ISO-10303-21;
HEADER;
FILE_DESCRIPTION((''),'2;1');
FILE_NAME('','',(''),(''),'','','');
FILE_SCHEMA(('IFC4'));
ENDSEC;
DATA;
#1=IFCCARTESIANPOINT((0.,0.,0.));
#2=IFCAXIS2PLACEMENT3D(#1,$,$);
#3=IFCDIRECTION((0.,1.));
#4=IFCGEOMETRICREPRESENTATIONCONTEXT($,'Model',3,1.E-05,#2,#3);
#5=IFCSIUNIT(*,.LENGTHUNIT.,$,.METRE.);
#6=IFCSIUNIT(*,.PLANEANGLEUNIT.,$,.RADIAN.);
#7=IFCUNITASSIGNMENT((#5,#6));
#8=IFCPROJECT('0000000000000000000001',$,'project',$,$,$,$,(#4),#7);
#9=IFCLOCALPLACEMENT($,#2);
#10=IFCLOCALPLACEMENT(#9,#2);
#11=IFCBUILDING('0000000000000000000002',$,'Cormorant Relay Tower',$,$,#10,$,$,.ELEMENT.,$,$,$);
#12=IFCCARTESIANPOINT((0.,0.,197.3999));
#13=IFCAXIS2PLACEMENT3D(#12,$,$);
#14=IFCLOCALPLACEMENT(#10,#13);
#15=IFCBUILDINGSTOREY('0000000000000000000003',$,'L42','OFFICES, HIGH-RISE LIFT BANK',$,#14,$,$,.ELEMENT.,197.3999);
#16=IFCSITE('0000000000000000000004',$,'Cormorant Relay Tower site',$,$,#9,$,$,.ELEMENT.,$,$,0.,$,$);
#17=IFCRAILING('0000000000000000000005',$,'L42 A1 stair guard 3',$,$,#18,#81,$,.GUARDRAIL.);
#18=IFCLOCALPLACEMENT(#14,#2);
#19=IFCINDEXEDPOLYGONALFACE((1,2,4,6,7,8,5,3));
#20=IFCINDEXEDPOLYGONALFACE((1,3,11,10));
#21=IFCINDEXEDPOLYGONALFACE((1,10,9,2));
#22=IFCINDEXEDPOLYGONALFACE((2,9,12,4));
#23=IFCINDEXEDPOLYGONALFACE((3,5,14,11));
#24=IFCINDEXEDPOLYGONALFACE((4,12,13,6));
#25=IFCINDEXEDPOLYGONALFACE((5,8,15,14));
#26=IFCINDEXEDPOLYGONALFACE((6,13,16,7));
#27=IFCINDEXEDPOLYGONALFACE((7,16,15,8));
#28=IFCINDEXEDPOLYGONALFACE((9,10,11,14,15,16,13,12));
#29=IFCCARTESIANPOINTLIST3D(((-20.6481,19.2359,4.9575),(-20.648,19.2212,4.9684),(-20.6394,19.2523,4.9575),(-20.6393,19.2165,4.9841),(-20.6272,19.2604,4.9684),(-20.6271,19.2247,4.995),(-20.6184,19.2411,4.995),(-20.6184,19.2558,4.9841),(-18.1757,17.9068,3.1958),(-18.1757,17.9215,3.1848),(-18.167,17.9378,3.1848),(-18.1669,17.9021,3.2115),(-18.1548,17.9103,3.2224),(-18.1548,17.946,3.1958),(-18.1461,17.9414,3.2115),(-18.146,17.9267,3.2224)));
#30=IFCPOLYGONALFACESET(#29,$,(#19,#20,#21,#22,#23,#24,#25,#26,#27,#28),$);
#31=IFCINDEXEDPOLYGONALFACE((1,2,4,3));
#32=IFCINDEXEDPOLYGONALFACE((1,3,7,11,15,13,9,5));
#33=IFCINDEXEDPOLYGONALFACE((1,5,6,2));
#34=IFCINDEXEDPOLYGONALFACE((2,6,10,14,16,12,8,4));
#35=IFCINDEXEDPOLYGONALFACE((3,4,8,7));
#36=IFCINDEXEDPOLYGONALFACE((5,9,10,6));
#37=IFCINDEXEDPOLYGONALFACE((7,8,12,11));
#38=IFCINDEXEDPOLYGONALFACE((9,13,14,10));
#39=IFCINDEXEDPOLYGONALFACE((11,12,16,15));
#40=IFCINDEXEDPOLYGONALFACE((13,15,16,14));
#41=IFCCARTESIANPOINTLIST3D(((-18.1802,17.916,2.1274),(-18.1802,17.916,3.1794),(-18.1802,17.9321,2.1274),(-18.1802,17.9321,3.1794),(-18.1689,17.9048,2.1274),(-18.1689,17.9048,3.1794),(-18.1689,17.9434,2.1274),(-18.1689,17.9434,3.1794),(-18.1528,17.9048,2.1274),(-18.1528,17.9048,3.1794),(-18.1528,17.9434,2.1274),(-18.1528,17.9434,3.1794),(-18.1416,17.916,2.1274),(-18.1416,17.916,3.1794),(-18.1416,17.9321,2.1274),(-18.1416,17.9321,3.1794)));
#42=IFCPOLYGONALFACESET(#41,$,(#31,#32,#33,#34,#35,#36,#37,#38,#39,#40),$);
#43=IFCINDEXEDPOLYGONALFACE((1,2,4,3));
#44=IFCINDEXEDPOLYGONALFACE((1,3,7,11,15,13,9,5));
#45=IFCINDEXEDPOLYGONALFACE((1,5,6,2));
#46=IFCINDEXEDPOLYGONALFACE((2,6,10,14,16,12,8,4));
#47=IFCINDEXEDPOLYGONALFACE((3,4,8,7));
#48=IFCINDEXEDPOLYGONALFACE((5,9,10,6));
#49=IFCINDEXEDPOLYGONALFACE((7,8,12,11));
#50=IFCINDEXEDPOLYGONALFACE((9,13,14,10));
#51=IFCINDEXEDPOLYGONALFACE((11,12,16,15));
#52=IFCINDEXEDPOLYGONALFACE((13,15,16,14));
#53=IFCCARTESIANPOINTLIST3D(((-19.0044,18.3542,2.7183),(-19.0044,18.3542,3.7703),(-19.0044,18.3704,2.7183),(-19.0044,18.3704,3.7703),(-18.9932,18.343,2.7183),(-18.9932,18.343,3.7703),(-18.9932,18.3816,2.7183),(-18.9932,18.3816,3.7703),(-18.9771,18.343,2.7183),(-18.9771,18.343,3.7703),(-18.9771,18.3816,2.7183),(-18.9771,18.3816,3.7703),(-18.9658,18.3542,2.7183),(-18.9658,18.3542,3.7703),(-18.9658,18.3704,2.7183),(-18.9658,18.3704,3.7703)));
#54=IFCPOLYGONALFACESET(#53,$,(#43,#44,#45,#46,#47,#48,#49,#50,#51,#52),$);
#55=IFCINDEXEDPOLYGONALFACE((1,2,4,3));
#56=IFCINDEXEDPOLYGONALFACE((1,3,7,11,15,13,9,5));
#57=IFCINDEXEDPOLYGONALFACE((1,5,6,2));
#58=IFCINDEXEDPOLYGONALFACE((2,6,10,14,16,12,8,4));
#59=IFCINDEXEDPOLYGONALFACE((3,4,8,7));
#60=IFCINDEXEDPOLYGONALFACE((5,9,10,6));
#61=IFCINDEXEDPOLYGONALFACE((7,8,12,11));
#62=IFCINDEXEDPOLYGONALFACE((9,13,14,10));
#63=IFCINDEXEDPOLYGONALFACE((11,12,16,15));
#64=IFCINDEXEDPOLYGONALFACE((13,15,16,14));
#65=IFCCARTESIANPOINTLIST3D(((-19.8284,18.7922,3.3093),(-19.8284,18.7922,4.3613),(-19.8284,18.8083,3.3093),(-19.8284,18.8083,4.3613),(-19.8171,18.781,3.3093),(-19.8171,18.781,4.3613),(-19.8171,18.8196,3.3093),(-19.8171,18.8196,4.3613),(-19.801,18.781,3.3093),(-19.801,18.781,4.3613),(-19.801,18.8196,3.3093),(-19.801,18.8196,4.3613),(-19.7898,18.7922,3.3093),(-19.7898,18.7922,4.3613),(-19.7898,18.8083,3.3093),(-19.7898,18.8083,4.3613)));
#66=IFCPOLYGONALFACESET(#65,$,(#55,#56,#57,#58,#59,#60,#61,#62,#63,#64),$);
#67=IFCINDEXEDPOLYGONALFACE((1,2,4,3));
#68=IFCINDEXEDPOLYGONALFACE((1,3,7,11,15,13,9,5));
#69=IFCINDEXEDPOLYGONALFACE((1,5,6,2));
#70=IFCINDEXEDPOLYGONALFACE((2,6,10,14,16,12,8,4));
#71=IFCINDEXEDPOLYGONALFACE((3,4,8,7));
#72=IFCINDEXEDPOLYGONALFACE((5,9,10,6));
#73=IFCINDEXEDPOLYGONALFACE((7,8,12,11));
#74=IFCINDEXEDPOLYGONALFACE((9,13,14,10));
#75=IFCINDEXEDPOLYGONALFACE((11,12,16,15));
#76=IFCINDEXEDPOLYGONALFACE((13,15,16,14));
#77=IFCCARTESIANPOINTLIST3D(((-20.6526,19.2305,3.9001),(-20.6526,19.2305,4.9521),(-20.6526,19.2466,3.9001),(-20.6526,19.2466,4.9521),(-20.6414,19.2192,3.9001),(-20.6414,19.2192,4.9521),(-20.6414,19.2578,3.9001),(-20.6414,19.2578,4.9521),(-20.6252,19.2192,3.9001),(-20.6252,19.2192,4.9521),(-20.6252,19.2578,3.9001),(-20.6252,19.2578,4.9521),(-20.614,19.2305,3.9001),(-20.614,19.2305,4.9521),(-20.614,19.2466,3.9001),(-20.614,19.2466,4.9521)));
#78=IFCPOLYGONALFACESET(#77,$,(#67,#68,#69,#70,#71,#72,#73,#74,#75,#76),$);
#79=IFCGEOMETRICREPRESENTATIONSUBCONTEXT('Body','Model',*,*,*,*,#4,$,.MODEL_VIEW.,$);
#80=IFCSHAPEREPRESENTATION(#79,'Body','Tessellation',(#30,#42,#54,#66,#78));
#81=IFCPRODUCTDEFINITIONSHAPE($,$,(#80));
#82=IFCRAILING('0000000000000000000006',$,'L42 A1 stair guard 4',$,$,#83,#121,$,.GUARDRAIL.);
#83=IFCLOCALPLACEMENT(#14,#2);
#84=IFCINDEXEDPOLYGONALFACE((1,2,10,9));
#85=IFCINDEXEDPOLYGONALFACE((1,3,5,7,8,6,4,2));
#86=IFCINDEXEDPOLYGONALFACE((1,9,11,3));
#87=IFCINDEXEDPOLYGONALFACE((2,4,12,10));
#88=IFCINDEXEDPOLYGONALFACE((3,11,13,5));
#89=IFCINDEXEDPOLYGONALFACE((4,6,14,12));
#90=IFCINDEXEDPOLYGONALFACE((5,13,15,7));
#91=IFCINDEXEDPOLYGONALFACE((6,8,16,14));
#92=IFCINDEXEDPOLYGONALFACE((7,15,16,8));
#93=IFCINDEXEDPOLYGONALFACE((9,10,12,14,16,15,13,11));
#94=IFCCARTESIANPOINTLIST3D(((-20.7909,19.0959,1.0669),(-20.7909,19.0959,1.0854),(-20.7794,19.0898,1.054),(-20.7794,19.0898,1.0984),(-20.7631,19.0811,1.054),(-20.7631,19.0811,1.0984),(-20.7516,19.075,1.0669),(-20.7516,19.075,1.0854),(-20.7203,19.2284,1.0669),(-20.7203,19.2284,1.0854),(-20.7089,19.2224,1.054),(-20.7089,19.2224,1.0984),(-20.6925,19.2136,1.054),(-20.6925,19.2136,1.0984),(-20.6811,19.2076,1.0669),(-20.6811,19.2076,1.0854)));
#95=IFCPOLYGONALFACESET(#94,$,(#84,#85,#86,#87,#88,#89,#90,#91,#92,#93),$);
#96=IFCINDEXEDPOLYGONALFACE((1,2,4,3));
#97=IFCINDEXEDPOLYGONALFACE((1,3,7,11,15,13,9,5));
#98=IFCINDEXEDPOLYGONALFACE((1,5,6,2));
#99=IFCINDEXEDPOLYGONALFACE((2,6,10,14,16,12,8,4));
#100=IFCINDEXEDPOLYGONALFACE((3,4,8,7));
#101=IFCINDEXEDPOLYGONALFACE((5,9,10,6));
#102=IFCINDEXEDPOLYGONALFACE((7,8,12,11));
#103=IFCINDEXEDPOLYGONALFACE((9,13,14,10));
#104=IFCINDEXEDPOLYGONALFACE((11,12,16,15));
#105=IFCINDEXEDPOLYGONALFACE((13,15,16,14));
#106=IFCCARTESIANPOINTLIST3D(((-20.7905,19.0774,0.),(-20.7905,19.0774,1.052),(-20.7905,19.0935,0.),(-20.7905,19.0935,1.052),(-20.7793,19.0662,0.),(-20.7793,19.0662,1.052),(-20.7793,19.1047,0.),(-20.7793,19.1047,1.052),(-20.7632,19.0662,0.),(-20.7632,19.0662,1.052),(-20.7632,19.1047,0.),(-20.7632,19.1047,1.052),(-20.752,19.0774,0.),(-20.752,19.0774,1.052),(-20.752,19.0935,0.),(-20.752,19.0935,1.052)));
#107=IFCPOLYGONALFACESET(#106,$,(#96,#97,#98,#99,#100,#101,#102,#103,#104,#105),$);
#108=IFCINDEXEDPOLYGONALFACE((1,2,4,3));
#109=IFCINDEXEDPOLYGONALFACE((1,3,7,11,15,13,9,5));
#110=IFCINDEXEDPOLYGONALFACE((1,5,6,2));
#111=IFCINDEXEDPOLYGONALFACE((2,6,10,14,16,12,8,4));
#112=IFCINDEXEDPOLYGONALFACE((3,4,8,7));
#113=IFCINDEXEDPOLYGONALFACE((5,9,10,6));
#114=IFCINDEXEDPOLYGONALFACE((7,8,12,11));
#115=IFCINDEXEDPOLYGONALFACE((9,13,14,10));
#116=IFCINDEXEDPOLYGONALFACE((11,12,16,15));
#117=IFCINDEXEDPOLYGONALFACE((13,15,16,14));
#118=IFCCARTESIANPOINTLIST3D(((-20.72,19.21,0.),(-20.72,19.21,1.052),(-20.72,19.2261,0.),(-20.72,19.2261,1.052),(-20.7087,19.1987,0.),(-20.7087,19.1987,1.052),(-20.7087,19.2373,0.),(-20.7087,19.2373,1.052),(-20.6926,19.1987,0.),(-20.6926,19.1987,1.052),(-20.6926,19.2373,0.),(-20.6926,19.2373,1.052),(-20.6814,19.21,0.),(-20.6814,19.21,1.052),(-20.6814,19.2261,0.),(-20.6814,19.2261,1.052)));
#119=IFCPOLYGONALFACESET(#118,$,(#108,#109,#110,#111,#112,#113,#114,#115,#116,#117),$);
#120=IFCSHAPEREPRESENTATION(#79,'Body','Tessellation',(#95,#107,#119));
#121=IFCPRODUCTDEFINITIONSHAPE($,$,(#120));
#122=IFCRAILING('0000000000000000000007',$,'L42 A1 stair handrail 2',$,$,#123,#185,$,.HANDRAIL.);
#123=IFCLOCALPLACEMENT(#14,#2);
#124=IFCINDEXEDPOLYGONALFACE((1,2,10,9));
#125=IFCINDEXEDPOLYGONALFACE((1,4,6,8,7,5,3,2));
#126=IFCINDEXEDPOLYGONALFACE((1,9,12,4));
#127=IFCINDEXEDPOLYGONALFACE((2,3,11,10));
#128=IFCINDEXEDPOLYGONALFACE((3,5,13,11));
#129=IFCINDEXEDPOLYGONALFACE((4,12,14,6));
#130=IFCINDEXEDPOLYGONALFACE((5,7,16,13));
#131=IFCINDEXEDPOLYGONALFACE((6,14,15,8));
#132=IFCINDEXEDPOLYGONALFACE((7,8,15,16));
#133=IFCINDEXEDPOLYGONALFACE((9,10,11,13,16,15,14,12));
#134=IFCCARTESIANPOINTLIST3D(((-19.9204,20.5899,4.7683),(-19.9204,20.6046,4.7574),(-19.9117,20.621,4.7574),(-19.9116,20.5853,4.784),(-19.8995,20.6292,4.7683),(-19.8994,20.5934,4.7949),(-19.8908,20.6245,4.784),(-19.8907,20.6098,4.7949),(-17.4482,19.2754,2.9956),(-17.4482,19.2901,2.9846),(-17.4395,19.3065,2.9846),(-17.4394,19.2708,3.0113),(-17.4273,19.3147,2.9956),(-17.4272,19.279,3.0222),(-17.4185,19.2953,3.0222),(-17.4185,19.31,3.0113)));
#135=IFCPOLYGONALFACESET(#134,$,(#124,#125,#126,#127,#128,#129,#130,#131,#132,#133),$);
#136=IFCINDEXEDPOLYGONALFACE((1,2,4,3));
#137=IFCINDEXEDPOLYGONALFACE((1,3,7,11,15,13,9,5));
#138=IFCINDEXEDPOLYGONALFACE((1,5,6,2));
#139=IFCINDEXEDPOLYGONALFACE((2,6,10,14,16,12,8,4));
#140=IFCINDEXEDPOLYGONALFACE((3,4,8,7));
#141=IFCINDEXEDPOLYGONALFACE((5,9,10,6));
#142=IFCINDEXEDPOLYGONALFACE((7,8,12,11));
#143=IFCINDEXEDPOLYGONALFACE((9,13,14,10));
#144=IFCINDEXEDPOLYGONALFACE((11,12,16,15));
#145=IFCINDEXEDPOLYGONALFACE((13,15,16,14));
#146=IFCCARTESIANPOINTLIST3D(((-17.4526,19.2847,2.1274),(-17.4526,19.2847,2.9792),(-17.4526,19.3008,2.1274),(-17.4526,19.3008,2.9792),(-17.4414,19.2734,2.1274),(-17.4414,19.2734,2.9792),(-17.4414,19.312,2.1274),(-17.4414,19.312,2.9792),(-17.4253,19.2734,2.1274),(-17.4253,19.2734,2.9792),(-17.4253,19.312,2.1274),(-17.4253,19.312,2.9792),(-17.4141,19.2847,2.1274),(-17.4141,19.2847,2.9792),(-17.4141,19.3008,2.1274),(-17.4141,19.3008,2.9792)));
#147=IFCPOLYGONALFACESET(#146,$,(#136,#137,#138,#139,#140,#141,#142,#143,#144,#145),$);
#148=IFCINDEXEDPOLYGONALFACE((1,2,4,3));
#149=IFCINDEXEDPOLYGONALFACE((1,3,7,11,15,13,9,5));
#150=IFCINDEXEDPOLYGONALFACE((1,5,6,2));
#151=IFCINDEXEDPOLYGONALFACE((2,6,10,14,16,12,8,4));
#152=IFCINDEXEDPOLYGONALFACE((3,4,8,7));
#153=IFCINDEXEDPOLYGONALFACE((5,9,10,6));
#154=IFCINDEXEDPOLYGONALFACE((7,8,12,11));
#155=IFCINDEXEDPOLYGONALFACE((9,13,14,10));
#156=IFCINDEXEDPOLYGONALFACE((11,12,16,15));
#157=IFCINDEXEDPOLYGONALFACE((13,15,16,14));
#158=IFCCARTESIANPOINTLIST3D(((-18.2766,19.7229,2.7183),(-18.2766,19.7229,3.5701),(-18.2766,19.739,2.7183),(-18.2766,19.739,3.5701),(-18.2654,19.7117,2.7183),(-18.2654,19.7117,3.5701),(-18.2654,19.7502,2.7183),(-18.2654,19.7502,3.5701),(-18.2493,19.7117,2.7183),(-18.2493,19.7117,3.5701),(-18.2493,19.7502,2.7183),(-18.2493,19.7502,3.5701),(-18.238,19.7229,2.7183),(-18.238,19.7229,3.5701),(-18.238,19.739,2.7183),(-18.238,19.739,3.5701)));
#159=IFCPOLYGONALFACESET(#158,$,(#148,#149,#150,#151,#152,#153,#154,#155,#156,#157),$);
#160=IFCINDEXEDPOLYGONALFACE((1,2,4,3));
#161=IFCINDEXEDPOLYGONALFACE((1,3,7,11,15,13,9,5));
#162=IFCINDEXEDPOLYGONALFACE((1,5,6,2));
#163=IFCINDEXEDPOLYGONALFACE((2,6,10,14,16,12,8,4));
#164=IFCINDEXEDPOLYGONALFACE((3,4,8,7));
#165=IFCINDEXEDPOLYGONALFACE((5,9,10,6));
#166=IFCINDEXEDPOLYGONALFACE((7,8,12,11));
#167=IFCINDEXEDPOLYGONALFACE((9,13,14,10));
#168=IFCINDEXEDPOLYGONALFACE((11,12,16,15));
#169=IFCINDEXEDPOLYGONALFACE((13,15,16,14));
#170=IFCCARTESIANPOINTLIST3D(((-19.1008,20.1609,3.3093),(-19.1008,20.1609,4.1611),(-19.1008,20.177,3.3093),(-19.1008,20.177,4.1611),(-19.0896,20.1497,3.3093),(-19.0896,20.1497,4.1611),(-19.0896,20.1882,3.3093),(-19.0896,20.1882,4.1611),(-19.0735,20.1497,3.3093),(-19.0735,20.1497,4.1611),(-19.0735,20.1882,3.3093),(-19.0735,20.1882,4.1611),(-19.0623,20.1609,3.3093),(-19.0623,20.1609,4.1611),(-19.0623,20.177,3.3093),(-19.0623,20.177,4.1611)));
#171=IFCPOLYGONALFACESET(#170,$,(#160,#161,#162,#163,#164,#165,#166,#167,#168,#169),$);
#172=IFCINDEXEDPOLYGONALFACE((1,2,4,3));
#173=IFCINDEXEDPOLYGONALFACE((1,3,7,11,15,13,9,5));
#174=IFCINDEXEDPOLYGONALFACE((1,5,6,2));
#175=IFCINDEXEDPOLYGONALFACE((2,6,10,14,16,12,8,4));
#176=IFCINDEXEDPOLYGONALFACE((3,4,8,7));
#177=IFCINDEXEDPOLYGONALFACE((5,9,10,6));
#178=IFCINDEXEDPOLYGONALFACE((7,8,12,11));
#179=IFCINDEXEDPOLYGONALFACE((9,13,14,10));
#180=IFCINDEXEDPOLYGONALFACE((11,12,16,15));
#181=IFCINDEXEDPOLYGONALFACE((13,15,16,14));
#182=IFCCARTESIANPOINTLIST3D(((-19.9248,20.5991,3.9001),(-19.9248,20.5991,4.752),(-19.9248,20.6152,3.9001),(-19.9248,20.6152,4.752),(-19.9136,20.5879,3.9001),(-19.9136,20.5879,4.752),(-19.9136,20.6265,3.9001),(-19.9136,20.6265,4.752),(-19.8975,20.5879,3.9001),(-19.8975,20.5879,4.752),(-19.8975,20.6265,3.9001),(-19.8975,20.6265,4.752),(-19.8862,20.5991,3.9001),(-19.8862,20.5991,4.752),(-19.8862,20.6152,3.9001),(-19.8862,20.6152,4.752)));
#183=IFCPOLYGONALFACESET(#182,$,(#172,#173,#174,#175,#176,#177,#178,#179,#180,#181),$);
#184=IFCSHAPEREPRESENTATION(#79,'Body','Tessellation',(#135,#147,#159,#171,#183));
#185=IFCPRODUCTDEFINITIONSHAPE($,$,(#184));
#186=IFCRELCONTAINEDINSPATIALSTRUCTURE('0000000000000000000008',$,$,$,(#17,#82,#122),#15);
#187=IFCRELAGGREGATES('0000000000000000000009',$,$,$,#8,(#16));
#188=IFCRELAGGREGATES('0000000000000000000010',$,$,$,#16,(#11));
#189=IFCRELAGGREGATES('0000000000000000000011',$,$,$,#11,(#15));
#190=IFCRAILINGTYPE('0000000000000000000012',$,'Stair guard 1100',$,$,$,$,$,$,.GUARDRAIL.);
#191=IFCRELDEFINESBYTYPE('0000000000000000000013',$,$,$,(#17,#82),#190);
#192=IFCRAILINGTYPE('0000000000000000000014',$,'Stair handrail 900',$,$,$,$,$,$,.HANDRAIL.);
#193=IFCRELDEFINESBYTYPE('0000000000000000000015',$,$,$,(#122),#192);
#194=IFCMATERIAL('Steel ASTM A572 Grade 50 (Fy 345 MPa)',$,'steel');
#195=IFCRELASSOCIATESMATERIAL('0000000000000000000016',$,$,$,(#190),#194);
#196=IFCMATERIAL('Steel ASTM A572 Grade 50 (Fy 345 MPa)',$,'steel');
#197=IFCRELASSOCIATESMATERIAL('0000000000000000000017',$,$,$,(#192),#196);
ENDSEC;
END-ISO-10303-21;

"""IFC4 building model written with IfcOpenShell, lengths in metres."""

from ifc_helpers import new_model, si_unit, direction, frame, origin, place, context, subcontext, project, spatial, polyline, outline, extrude, material, type_object, element, save


model = new_model("IFC4")

# Units and contexts
model_context = context("Model", 3, precision=1e-05, world=origin(), true_north=direction((0.0, 1.0)))
body_context = subcontext(model_context, "Body", "Model", "MODEL_VIEW")
ifc_project = project(units=[si_unit("LENGTHUNIT", "METRE"), si_unit("PLANEANGLEUNIT", "RADIAN")], contexts=[model_context])

# Site, building, storey
site_placement = place(None, origin())
site = spatial("IfcSite", under=ifc_project, at=site_placement, Name="Cormorant Relay Tower site", CompositionType="ELEMENT", RefElevation=0.0)
building_placement = place(site_placement, origin())
building = spatial("IfcBuilding", under=site, at=building_placement, Name="Cormorant Relay Tower", CompositionType="ELEMENT")
storey_placement = place(building_placement, frame((0.0, 0.0, 197.3999)))
storey = spatial("IfcBuildingStorey", under=building, at=storey_placement, Name="L42", Description="OFFICES, HIGH-RISE LIFT BANK", CompositionType="ELEMENT", Elevation=197.3999)

# Railings
ifc_material_1 = material(Name="Steel ASTM A572 Grade 50 (Fy 345 MPa)", Category="steel")
railing_type_1 = type_object("IfcRailingType", Name="Stair guard 1100", PredefinedType="GUARDRAIL", material=ifc_material_1)
railing_1_placement = place(storey_placement, frame((-18.1609, 17.9241, 2.1274)))
element("IfcRailing", 1, at=railing_1_placement, inside=storey, type_object=railing_type_1, Name="L42 A1 stair guard 3", PredefinedType="GUARDRAIL", context=body_context, shape_type="SweptSolid", body=[
    extrude(outline(polyline([(0.0222, 0.0093), (0.0093, 0.0222), (-0.0093, 0.0222), (-0.0222, 0.0093), (-0.0222, -0.0093), (-0.0093, -0.0222), (0.0093, -0.0222), (0.0222, -0.0093), (0.0222, 0.0093)])), frame((0.0, 0.0, 1.0762), z_axis=(-0.746034, 0.396627, 0.534902), x_axis=(-0.469429, -0.88297, 0.0)), (0.0, 0.0, 1.0), 3.314),
    extrude(outline(polyline([(0.0193, 0.0081), (0.0081, 0.0193), (-0.0081, 0.0193), (-0.0193, 0.0081), (-0.0193, -0.0081), (-0.0081, -0.0193), (0.0081, -0.0193), (0.0193, -0.0081), (0.0193, 0.0081)])), origin(), (0.0, 0.0, 1.0), 1.052),
    extrude(outline(polyline([(0.0193, 0.0081), (0.0081, 0.0193), (-0.0081, 0.0193), (-0.0193, 0.0081), (-0.0193, -0.0081), (-0.0081, -0.0193), (0.0081, -0.0193), (0.0193, -0.0081), (0.0193, 0.0081)])), frame((-0.8242, 0.4382, 0.5908)), (0.0, 0.0, 1.0), 1.052),
    extrude(outline(polyline([(0.0193, 0.0081), (0.0081, 0.0193), (-0.0081, 0.0193), (-0.0193, 0.0081), (-0.0193, -0.0081), (-0.0081, -0.0193), (0.0081, -0.0193), (0.0193, -0.0081), (0.0193, 0.0081)])), frame((-1.6482, 0.8762, 1.1819)), (0.0, 0.0, 1.0), 1.052),
    extrude(outline(polyline([(0.0193, 0.0081), (0.0081, 0.0193), (-0.0081, 0.0193), (-0.0193, 0.0081), (-0.0193, -0.0081), (-0.0081, -0.0193), (0.0081, -0.0193), (0.0193, -0.0081), (0.0193, 0.0081)])), frame((-2.4724, 1.3145, 1.7727)), (0.0, 0.0, 1.0), 1.052),
])
railing_2_placement = place(storey_placement, frame((-20.7712, 19.0854, 0.0)))
element("IfcRailing", 2, at=railing_2_placement, inside=storey, type_object=railing_type_1, Name="L42 A1 stair guard 4", PredefinedType="GUARDRAIL", context=body_context, shape_type="SweptSolid", body=[
    extrude(outline(polyline([(0.0222, 0.0093), (0.0093, 0.0222), (-0.0093, 0.0222), (-0.0222, 0.0093), (-0.0222, -0.0093), (-0.0093, -0.0222), (0.0093, -0.0222), (0.0222, -0.0093), (0.0222, 0.0093)])), frame((0.0, 0.0, 1.0762), z_axis=(0.469829, 0.882758, 0.0), x_axis=(-0.882758, 0.469829, 0.0)), (0.0, 0.0, 1.0), 0.1501),
    extrude(outline(polyline([(0.0193, 0.0081), (0.0081, 0.0193), (-0.0081, 0.0193), (-0.0193, 0.0081), (-0.0193, -0.0081), (-0.0081, -0.0193), (0.0081, -0.0193), (0.0193, -0.0081), (0.0193, 0.0081)])), origin(), (0.0, 0.0, 1.0), 1.052),
    extrude(outline(polyline([(0.0193, 0.0081), (0.0081, 0.0193), (-0.0081, 0.0193), (-0.0193, 0.0081), (-0.0193, -0.0081), (-0.0081, -0.0193), (0.0081, -0.0193), (0.0193, -0.0081), (0.0193, 0.0081)])), frame((0.0706, 0.1326, 0.0)), (0.0, 0.0, 1.0), 1.052),
])
ifc_material_2 = material(Name="Steel ASTM A572 Grade 50 (Fy 345 MPa)", Category="steel")
railing_type_2 = type_object("IfcRailingType", Name="Stair handrail 900", PredefinedType="HANDRAIL", material=ifc_material_2)
railing_3_placement = place(storey_placement, frame((-17.4333, 19.2927, 2.1274)))
element("IfcRailing", 3, at=railing_3_placement, inside=storey, type_object=railing_type_2, Name="L42 A1 stair handrail 2", PredefinedType="HANDRAIL", context=body_context, shape_type="SweptSolid", body=[
    extrude(outline(polyline([(0.0222, 0.0093), (0.0093, 0.0222), (-0.0093, 0.0222), (-0.0222, 0.0093), (-0.0222, -0.0093), (-0.0093, -0.0222), (0.0093, -0.0222), (0.0222, -0.0093), (0.0222, 0.0093)])), frame((0.0, 0.0, 0.876), z_axis=(-0.746001, 0.396649, 0.534931), x_axis=(-0.469465, -0.882951, 0.0)), (0.0, 0.0, 1.0), 3.314),
    extrude(outline(polyline([(0.0193, 0.0081), (0.0081, 0.0193), (-0.0081, 0.0193), (-0.0193, 0.0081), (-0.0193, -0.0081), (-0.0081, -0.0193), (0.0081, -0.0193), (0.0193, -0.0081), (0.0193, 0.0081)])), origin(), (0.0, 0.0, 1.0), 0.8518),
    extrude(outline(polyline([(0.0193, 0.0081), (0.0081, 0.0193), (-0.0081, 0.0193), (-0.0193, 0.0081), (-0.0193, -0.0081), (-0.0081, -0.0193), (0.0081, -0.0193), (0.0193, -0.0081), (0.0193, 0.0081)])), frame((-0.824, 0.4382, 0.5908)), (0.0, 0.0, 1.0), 0.8518),
    extrude(outline(polyline([(0.0193, 0.0081), (0.0081, 0.0193), (-0.0081, 0.0193), (-0.0193, 0.0081), (-0.0193, -0.0081), (-0.0081, -0.0193), (0.0081, -0.0193), (0.0193, -0.0081), (0.0193, 0.0081)])), frame((-1.6482, 0.8762, 1.1819)), (0.0, 0.0, 1.0), 0.8518),
    extrude(outline(polyline([(0.0193, 0.0081), (0.0081, 0.0193), (-0.0081, 0.0193), (-0.0193, 0.0081), (-0.0193, -0.0081), (-0.0081, -0.0193), (0.0081, -0.0193), (0.0193, -0.0081), (0.0193, 0.0081)])), frame((-2.4722, 1.3145, 1.7727)), (0.0, 0.0, 1.0), 0.8518),
])

save(model, "model.ifc")
